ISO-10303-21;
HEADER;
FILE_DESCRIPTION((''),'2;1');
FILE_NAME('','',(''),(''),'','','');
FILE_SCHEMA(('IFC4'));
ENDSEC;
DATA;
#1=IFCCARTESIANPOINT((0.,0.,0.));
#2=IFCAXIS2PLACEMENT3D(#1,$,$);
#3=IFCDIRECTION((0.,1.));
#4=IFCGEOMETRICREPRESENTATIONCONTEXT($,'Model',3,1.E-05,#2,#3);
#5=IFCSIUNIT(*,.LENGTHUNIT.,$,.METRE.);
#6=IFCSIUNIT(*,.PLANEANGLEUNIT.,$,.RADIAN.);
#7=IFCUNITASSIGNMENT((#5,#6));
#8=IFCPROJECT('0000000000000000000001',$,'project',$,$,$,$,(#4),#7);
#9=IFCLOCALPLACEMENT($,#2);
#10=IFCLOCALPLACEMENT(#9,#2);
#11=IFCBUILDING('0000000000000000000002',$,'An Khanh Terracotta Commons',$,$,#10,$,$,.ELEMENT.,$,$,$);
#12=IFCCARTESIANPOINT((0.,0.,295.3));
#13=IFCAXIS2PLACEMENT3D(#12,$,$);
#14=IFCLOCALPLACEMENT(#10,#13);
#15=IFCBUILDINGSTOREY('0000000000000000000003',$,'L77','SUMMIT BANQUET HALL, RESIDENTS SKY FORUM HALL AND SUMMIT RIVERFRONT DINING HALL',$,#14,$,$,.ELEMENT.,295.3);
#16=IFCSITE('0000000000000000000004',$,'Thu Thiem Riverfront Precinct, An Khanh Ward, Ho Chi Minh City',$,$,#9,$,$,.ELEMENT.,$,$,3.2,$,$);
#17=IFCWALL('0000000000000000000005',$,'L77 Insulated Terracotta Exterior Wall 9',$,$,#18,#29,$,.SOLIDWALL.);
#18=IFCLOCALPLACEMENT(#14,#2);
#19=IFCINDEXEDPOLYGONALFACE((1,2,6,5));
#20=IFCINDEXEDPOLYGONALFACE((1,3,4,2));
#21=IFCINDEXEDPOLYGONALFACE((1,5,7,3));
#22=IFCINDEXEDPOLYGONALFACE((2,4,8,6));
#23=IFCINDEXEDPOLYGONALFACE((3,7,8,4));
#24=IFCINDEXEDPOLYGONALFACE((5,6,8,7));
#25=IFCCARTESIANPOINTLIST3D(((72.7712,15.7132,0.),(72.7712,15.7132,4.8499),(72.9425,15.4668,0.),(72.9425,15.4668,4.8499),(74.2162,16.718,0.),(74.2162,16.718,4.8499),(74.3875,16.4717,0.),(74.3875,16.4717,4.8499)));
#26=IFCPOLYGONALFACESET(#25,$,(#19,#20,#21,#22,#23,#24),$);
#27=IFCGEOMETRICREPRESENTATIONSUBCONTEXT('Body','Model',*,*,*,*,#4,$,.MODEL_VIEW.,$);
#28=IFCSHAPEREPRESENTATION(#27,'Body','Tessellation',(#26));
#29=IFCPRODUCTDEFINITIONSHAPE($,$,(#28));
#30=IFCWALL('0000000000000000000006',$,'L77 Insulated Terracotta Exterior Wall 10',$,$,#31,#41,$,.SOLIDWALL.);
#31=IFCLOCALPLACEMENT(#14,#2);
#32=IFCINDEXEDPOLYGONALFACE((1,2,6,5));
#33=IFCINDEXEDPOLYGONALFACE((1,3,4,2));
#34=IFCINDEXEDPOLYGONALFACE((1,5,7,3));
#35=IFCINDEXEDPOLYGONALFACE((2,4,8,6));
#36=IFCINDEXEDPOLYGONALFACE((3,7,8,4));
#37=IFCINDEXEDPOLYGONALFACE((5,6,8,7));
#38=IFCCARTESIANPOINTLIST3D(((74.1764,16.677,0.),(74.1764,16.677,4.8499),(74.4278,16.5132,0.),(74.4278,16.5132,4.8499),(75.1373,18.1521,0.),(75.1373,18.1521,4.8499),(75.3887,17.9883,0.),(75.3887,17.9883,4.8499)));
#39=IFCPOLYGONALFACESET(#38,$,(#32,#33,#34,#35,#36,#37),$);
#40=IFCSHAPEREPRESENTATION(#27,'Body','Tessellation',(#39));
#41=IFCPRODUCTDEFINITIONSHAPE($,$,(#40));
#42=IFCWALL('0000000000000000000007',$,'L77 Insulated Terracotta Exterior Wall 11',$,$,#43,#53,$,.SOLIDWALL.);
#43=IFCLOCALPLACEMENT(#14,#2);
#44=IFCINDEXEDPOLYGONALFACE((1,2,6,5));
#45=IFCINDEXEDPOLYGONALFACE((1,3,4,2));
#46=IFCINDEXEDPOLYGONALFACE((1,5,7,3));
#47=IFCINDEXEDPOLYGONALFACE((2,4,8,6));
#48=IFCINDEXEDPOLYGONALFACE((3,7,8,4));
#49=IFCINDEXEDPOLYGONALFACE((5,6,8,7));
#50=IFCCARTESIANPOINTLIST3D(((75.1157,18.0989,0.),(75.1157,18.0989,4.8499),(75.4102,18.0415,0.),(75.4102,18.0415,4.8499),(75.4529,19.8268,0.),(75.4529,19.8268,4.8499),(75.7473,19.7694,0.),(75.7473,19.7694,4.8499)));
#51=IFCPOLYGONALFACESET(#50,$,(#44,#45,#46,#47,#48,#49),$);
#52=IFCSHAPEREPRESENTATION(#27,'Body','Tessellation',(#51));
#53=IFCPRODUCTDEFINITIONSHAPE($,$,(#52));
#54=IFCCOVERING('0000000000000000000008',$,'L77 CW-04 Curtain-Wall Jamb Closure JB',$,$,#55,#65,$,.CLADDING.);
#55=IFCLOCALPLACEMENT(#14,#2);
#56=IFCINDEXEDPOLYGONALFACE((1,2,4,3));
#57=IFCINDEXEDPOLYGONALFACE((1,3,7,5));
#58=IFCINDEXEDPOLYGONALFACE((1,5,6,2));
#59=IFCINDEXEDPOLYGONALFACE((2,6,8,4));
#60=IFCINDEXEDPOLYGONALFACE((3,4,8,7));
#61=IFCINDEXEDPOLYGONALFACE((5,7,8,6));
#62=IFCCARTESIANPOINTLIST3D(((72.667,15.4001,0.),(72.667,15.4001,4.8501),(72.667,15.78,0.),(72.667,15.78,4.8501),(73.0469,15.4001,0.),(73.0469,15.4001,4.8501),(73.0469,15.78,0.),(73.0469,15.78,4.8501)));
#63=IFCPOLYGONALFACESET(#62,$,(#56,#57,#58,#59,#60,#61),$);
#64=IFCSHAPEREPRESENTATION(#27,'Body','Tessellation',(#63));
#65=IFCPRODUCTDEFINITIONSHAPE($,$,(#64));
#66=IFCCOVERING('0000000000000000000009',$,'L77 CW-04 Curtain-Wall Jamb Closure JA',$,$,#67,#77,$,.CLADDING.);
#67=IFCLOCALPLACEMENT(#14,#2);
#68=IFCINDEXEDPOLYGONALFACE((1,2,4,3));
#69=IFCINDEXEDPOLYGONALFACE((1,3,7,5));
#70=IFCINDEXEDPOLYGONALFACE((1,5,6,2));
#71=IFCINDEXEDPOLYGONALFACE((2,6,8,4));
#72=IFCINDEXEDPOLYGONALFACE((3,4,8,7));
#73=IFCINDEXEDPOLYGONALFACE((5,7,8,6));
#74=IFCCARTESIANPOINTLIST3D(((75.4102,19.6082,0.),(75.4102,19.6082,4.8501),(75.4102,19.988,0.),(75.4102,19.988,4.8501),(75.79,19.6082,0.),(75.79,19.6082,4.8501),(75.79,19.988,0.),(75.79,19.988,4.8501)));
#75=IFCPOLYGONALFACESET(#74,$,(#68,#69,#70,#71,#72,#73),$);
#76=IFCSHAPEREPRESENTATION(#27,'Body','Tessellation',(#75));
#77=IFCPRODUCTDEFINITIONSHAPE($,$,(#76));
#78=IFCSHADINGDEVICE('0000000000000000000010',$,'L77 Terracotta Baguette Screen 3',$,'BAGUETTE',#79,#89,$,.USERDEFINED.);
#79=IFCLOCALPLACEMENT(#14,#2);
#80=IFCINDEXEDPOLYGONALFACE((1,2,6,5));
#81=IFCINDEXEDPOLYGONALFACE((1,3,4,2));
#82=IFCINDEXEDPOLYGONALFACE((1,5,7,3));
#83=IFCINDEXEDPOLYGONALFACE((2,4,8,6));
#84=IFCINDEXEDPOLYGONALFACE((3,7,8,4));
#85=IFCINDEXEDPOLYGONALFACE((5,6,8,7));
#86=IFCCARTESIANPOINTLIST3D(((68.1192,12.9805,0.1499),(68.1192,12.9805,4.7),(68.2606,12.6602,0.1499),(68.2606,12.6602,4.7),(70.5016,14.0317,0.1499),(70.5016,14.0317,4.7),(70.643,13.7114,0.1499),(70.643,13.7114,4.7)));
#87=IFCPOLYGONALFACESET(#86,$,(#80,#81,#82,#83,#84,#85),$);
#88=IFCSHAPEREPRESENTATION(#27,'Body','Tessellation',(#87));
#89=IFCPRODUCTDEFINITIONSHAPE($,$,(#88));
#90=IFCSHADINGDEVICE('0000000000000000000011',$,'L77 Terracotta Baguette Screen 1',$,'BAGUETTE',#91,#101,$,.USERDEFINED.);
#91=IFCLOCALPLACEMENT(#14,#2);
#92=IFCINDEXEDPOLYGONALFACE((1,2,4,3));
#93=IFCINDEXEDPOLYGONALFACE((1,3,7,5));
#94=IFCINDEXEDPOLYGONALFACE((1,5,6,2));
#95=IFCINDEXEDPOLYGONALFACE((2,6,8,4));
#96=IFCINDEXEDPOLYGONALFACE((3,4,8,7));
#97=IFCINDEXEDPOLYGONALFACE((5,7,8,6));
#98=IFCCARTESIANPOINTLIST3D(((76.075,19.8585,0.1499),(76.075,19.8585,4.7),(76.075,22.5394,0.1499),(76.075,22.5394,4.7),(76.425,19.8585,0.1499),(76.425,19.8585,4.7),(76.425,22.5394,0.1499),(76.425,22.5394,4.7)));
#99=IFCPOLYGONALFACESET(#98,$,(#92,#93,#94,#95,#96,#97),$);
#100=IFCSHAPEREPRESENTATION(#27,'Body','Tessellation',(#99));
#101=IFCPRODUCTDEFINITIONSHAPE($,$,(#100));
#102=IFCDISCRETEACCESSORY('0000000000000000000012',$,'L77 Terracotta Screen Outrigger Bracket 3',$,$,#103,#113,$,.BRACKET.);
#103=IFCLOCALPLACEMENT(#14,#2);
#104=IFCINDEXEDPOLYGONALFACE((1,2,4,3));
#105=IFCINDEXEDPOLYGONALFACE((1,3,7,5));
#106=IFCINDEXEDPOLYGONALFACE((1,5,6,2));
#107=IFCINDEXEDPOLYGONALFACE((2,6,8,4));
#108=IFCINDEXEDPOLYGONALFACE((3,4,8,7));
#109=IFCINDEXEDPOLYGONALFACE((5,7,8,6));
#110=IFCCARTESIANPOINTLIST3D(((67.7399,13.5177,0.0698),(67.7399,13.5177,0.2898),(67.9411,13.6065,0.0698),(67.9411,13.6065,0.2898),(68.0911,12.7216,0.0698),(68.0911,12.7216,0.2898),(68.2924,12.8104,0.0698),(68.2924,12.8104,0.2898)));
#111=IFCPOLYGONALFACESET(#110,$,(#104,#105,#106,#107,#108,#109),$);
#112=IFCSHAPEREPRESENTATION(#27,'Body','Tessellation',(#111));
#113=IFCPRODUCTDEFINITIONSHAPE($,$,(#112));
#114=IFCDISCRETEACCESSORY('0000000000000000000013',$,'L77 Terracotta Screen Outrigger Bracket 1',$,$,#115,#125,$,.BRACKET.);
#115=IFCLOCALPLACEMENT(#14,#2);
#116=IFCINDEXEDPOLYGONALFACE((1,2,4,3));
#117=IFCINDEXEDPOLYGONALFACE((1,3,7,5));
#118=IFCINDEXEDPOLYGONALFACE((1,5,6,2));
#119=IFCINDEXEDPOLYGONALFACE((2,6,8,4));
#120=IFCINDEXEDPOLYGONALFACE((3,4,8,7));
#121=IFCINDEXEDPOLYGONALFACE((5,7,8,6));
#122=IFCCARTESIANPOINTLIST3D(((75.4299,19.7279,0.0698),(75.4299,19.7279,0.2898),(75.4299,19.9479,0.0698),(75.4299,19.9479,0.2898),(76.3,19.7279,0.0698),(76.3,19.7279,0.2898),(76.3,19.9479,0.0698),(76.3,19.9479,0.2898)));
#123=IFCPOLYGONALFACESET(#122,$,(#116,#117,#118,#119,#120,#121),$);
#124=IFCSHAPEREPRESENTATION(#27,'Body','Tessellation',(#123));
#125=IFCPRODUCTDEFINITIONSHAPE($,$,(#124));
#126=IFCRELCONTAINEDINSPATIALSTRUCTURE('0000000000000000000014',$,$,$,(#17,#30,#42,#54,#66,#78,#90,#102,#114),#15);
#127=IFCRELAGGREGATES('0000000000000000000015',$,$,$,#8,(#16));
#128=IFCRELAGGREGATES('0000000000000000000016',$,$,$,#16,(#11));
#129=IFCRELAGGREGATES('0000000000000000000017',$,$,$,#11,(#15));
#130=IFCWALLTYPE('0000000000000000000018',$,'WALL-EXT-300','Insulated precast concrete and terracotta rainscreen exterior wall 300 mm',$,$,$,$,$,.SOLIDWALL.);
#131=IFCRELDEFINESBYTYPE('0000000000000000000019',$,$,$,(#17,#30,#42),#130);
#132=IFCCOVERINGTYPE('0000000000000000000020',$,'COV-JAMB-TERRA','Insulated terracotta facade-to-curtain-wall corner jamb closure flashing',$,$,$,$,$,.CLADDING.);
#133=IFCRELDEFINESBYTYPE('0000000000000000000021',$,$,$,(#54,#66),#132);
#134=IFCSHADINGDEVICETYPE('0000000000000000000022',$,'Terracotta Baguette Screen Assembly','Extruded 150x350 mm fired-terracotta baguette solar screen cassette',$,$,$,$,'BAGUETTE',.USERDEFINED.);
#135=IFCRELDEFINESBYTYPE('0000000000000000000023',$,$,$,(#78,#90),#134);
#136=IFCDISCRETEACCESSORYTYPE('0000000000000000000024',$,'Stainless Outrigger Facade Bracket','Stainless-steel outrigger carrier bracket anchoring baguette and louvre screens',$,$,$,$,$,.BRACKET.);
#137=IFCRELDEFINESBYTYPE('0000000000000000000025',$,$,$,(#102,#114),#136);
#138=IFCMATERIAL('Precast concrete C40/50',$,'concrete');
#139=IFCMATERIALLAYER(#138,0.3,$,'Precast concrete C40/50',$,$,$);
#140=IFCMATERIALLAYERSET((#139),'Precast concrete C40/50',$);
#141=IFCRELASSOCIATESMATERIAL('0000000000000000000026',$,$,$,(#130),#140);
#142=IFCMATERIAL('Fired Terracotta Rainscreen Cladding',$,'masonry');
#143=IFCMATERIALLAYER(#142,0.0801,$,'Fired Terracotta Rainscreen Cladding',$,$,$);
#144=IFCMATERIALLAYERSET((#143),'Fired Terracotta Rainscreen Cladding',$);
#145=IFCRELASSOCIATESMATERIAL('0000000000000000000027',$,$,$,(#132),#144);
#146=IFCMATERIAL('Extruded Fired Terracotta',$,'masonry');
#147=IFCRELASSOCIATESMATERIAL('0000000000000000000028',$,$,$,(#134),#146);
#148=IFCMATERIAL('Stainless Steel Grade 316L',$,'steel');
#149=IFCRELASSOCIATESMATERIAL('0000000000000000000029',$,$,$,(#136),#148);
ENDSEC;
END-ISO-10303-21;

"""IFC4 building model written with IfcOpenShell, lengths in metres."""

from ifc_helpers import new_model, si_unit, direction, frame, frame_2d, origin, origin_2d, place, context, subcontext, project, spatial, rectangle, extrude, material, layer, layer_set, type_object, element, save


model = new_model("IFC4")

# Units and contexts
model_context = context("Model", 3, precision=1e-05, world=origin(), true_north=direction((0.0, 1.0)))
body_context = subcontext(model_context, "Body", "Model", "MODEL_VIEW")
ifc_project = project(units=[si_unit("LENGTHUNIT", "METRE"), si_unit("PLANEANGLEUNIT", "RADIAN")], contexts=[model_context])

# Site, building, storey
site_placement = place(None, origin())
site = spatial("IfcSite", under=ifc_project, at=site_placement, Name="Thu Thiem Riverfront Precinct, An Khanh Ward, Ho Chi Minh City", CompositionType="ELEMENT", RefElevation=3.2)
building_placement = place(site_placement, origin())
building = spatial("IfcBuilding", under=site, at=building_placement, Name="An Khanh Terracotta Commons", CompositionType="ELEMENT")
storey_placement = place(building_placement, frame((0.0, 0.0, 295.3)))
storey = spatial("IfcBuildingStorey", under=building, at=storey_placement, Name="L77", Description="SUMMIT BANQUET HALL, RESIDENTS SKY FORUM HALL AND SUMMIT RIVERFRONT DINING HALL", CompositionType="ELEMENT", Elevation=295.3)

# Walls
ifc_material_1 = material(Name="Precast concrete C40/50", Category="concrete")
ifc_layer_1 = layer(ifc_material_1, 0.3, Name="Precast concrete C40/50")
ifc_layer_set_1 = layer_set([ifc_layer_1], Name="Precast concrete C40/50")
wall_type = type_object("IfcWallType", Name="WALL-EXT-300", Description="Insulated precast concrete and terracotta rainscreen exterior wall 300 mm", PredefinedType="SOLIDWALL", material=ifc_layer_set_1)
wall_placement = place(storey_placement, frame((72.8569, 15.5901, 0.0), z_axis=(0.0, 0.0, 1.0), x_axis=(0.821007, 0.570918, 0.0)))
element("IfcWall", 1, at=wall_placement, inside=storey, type_object=wall_type, Name="L77 Insulated Terracotta Exterior Wall 9", PredefinedType="SOLIDWALL", context=body_context, shape_type="SweptSolid", body=[
    extrude(rectangle(XDim=1.76, YDim=0.3, at=frame_2d((0.8799, 0.0))), origin(), (0.0, 0.0, 1.0), 4.8499),
])
for number, where, z_axis, x_axis, name in (
    (2, (74.302, 16.595, 0.0), (0.0, 0.0, 1.0), (0.545836, 0.837892, 0.0), "L77 Insulated Terracotta Exterior Wall 10"),
    (3, (75.2629, 18.0701, 0.0), (0.0, 0.0, 1.0), (0.191501, 0.981492, 0.0), "L77 Insulated Terracotta Exterior Wall 11"),
):
    element("IfcWall", number, at=place(storey_placement, frame(where, z_axis=z_axis, x_axis=x_axis)), inside=storey, type_object=wall_type, Name=name, PredefinedType="SOLIDWALL", context=body_context, shape_type="SweptSolid", body=[
        extrude(rectangle(XDim=1.7605, YDim=0.3, at=frame_2d((0.8804, 0.0))), origin(), (0.0, 0.0, 1.0), 4.8499),
    ])

# Coverings
ifc_material_2 = material(Name="Fired Terracotta Rainscreen Cladding", Category="masonry")
ifc_layer_2 = layer(ifc_material_2, 0.0801, Name="Fired Terracotta Rainscreen Cladding")
ifc_layer_set_2 = layer_set([ifc_layer_2], Name="Fired Terracotta Rainscreen Cladding")
covering_type = type_object("IfcCoveringType", Name="COV-JAMB-TERRA", Description="Insulated terracotta facade-to-curtain-wall corner jamb closure flashing", PredefinedType="CLADDING", material=ifc_layer_set_2)
for number, where, z_axis, x_axis, name in (
    (4, (72.8569, 15.5901, 0.0), (0.0, 0.0, 1.0), (1.0, 0.0, 0.0), "L77 CW-04 Curtain-Wall Jamb Closure JB"),
    (5, (75.6001, 19.7981, 0.0), (0.0, 0.0, 1.0), (1.0, 0.0, 0.0), "L77 CW-04 Curtain-Wall Jamb Closure JA"),
):
    element("IfcCovering", number, at=place(storey_placement, frame(where, z_axis=z_axis, x_axis=x_axis)), inside=storey, type_object=covering_type, Name=name, PredefinedType="CLADDING", context=body_context, shape_type="SweptSolid", body=[
        extrude(rectangle(XDim=0.3799, YDim=0.3799, at=origin_2d()), origin(), (0.0, 0.0, 1.0), 4.8501),
    ])

# Shading devices
ifc_material_3 = material(Name="Extruded Fired Terracotta", Category="masonry")
shading_device_type = type_object("IfcShadingDeviceType", Name="Terracotta Baguette Screen Assembly", Description="Extruded 150x350 mm fired-terracotta baguette solar screen cassette", ElementType="BAGUETTE", PredefinedType="USERDEFINED", material=ifc_material_3)
shading_device_1_placement = place(storey_placement, frame((69.3811, 13.3459, 0.1499), z_axis=(0.0, 0.0, 1.0), x_axis=(0.914902, 0.403676, 0.0)))
element("IfcShadingDevice", 6, at=shading_device_1_placement, inside=storey, type_object=shading_device_type, Name="L77 Terracotta Baguette Screen 3", ObjectType="BAGUETTE", PredefinedType="USERDEFINED", context=body_context, shape_type="SweptSolid", body=[
    extrude(rectangle(XDim=2.604, YDim=0.3501, at=origin_2d()), origin(), (0.0, 0.0, 1.0), 4.55),
])
shading_device_2_placement = place(storey_placement, frame((76.25, 21.199, 0.1499), z_axis=(0.0, 0.0, 1.0), x_axis=(0.0, 1.0, 0.0)))
element("IfcShadingDevice", 7, at=shading_device_2_placement, inside=storey, type_object=shading_device_type, Name="L77 Terracotta Baguette Screen 1", ObjectType="BAGUETTE", PredefinedType="USERDEFINED", context=body_context, shape_type="SweptSolid", body=[
    extrude(rectangle(XDim=2.6809, YDim=0.3501, at=origin_2d()), origin(), (0.0, 0.0, 1.0), 4.55),
])

# Discrete accessories
ifc_material_4 = material(Name="Stainless Steel Grade 316L", Category="steel")
discrete_accessory_type = type_object("IfcDiscreteAccessoryType", Name="Stainless Outrigger Facade Bracket", Description="Stainless-steel outrigger carrier bracket anchoring baguette and louvre screens", PredefinedType="BRACKET", material=ifc_material_4)
for number, where, z_axis, x_axis, name in (
    (8, (68.0161, 13.1641, 0.0698), (0.0, 0.0, 1.0), (0.914902, 0.403676, 0.0), "L77 Terracotta Screen Outrigger Bracket 3"),
    (9, (75.865, 19.8379, 0.0698), (0.0, 0.0, 1.0), (0.0, 1.0, 0.0), "L77 Terracotta Screen Outrigger Bracket 1"),
):
    element("IfcDiscreteAccessory", number, at=place(storey_placement, frame(where, z_axis=z_axis, x_axis=x_axis)), inside=storey, type_object=discrete_accessory_type, Name=name, PredefinedType="BRACKET", context=body_context, shape_type="SweptSolid", body=[
        extrude(rectangle(XDim=0.22, YDim=0.8701, at=origin_2d()), origin(), (0.0, 0.0, 1.0), 0.22),
    ])

save(model, "model.ifc")
